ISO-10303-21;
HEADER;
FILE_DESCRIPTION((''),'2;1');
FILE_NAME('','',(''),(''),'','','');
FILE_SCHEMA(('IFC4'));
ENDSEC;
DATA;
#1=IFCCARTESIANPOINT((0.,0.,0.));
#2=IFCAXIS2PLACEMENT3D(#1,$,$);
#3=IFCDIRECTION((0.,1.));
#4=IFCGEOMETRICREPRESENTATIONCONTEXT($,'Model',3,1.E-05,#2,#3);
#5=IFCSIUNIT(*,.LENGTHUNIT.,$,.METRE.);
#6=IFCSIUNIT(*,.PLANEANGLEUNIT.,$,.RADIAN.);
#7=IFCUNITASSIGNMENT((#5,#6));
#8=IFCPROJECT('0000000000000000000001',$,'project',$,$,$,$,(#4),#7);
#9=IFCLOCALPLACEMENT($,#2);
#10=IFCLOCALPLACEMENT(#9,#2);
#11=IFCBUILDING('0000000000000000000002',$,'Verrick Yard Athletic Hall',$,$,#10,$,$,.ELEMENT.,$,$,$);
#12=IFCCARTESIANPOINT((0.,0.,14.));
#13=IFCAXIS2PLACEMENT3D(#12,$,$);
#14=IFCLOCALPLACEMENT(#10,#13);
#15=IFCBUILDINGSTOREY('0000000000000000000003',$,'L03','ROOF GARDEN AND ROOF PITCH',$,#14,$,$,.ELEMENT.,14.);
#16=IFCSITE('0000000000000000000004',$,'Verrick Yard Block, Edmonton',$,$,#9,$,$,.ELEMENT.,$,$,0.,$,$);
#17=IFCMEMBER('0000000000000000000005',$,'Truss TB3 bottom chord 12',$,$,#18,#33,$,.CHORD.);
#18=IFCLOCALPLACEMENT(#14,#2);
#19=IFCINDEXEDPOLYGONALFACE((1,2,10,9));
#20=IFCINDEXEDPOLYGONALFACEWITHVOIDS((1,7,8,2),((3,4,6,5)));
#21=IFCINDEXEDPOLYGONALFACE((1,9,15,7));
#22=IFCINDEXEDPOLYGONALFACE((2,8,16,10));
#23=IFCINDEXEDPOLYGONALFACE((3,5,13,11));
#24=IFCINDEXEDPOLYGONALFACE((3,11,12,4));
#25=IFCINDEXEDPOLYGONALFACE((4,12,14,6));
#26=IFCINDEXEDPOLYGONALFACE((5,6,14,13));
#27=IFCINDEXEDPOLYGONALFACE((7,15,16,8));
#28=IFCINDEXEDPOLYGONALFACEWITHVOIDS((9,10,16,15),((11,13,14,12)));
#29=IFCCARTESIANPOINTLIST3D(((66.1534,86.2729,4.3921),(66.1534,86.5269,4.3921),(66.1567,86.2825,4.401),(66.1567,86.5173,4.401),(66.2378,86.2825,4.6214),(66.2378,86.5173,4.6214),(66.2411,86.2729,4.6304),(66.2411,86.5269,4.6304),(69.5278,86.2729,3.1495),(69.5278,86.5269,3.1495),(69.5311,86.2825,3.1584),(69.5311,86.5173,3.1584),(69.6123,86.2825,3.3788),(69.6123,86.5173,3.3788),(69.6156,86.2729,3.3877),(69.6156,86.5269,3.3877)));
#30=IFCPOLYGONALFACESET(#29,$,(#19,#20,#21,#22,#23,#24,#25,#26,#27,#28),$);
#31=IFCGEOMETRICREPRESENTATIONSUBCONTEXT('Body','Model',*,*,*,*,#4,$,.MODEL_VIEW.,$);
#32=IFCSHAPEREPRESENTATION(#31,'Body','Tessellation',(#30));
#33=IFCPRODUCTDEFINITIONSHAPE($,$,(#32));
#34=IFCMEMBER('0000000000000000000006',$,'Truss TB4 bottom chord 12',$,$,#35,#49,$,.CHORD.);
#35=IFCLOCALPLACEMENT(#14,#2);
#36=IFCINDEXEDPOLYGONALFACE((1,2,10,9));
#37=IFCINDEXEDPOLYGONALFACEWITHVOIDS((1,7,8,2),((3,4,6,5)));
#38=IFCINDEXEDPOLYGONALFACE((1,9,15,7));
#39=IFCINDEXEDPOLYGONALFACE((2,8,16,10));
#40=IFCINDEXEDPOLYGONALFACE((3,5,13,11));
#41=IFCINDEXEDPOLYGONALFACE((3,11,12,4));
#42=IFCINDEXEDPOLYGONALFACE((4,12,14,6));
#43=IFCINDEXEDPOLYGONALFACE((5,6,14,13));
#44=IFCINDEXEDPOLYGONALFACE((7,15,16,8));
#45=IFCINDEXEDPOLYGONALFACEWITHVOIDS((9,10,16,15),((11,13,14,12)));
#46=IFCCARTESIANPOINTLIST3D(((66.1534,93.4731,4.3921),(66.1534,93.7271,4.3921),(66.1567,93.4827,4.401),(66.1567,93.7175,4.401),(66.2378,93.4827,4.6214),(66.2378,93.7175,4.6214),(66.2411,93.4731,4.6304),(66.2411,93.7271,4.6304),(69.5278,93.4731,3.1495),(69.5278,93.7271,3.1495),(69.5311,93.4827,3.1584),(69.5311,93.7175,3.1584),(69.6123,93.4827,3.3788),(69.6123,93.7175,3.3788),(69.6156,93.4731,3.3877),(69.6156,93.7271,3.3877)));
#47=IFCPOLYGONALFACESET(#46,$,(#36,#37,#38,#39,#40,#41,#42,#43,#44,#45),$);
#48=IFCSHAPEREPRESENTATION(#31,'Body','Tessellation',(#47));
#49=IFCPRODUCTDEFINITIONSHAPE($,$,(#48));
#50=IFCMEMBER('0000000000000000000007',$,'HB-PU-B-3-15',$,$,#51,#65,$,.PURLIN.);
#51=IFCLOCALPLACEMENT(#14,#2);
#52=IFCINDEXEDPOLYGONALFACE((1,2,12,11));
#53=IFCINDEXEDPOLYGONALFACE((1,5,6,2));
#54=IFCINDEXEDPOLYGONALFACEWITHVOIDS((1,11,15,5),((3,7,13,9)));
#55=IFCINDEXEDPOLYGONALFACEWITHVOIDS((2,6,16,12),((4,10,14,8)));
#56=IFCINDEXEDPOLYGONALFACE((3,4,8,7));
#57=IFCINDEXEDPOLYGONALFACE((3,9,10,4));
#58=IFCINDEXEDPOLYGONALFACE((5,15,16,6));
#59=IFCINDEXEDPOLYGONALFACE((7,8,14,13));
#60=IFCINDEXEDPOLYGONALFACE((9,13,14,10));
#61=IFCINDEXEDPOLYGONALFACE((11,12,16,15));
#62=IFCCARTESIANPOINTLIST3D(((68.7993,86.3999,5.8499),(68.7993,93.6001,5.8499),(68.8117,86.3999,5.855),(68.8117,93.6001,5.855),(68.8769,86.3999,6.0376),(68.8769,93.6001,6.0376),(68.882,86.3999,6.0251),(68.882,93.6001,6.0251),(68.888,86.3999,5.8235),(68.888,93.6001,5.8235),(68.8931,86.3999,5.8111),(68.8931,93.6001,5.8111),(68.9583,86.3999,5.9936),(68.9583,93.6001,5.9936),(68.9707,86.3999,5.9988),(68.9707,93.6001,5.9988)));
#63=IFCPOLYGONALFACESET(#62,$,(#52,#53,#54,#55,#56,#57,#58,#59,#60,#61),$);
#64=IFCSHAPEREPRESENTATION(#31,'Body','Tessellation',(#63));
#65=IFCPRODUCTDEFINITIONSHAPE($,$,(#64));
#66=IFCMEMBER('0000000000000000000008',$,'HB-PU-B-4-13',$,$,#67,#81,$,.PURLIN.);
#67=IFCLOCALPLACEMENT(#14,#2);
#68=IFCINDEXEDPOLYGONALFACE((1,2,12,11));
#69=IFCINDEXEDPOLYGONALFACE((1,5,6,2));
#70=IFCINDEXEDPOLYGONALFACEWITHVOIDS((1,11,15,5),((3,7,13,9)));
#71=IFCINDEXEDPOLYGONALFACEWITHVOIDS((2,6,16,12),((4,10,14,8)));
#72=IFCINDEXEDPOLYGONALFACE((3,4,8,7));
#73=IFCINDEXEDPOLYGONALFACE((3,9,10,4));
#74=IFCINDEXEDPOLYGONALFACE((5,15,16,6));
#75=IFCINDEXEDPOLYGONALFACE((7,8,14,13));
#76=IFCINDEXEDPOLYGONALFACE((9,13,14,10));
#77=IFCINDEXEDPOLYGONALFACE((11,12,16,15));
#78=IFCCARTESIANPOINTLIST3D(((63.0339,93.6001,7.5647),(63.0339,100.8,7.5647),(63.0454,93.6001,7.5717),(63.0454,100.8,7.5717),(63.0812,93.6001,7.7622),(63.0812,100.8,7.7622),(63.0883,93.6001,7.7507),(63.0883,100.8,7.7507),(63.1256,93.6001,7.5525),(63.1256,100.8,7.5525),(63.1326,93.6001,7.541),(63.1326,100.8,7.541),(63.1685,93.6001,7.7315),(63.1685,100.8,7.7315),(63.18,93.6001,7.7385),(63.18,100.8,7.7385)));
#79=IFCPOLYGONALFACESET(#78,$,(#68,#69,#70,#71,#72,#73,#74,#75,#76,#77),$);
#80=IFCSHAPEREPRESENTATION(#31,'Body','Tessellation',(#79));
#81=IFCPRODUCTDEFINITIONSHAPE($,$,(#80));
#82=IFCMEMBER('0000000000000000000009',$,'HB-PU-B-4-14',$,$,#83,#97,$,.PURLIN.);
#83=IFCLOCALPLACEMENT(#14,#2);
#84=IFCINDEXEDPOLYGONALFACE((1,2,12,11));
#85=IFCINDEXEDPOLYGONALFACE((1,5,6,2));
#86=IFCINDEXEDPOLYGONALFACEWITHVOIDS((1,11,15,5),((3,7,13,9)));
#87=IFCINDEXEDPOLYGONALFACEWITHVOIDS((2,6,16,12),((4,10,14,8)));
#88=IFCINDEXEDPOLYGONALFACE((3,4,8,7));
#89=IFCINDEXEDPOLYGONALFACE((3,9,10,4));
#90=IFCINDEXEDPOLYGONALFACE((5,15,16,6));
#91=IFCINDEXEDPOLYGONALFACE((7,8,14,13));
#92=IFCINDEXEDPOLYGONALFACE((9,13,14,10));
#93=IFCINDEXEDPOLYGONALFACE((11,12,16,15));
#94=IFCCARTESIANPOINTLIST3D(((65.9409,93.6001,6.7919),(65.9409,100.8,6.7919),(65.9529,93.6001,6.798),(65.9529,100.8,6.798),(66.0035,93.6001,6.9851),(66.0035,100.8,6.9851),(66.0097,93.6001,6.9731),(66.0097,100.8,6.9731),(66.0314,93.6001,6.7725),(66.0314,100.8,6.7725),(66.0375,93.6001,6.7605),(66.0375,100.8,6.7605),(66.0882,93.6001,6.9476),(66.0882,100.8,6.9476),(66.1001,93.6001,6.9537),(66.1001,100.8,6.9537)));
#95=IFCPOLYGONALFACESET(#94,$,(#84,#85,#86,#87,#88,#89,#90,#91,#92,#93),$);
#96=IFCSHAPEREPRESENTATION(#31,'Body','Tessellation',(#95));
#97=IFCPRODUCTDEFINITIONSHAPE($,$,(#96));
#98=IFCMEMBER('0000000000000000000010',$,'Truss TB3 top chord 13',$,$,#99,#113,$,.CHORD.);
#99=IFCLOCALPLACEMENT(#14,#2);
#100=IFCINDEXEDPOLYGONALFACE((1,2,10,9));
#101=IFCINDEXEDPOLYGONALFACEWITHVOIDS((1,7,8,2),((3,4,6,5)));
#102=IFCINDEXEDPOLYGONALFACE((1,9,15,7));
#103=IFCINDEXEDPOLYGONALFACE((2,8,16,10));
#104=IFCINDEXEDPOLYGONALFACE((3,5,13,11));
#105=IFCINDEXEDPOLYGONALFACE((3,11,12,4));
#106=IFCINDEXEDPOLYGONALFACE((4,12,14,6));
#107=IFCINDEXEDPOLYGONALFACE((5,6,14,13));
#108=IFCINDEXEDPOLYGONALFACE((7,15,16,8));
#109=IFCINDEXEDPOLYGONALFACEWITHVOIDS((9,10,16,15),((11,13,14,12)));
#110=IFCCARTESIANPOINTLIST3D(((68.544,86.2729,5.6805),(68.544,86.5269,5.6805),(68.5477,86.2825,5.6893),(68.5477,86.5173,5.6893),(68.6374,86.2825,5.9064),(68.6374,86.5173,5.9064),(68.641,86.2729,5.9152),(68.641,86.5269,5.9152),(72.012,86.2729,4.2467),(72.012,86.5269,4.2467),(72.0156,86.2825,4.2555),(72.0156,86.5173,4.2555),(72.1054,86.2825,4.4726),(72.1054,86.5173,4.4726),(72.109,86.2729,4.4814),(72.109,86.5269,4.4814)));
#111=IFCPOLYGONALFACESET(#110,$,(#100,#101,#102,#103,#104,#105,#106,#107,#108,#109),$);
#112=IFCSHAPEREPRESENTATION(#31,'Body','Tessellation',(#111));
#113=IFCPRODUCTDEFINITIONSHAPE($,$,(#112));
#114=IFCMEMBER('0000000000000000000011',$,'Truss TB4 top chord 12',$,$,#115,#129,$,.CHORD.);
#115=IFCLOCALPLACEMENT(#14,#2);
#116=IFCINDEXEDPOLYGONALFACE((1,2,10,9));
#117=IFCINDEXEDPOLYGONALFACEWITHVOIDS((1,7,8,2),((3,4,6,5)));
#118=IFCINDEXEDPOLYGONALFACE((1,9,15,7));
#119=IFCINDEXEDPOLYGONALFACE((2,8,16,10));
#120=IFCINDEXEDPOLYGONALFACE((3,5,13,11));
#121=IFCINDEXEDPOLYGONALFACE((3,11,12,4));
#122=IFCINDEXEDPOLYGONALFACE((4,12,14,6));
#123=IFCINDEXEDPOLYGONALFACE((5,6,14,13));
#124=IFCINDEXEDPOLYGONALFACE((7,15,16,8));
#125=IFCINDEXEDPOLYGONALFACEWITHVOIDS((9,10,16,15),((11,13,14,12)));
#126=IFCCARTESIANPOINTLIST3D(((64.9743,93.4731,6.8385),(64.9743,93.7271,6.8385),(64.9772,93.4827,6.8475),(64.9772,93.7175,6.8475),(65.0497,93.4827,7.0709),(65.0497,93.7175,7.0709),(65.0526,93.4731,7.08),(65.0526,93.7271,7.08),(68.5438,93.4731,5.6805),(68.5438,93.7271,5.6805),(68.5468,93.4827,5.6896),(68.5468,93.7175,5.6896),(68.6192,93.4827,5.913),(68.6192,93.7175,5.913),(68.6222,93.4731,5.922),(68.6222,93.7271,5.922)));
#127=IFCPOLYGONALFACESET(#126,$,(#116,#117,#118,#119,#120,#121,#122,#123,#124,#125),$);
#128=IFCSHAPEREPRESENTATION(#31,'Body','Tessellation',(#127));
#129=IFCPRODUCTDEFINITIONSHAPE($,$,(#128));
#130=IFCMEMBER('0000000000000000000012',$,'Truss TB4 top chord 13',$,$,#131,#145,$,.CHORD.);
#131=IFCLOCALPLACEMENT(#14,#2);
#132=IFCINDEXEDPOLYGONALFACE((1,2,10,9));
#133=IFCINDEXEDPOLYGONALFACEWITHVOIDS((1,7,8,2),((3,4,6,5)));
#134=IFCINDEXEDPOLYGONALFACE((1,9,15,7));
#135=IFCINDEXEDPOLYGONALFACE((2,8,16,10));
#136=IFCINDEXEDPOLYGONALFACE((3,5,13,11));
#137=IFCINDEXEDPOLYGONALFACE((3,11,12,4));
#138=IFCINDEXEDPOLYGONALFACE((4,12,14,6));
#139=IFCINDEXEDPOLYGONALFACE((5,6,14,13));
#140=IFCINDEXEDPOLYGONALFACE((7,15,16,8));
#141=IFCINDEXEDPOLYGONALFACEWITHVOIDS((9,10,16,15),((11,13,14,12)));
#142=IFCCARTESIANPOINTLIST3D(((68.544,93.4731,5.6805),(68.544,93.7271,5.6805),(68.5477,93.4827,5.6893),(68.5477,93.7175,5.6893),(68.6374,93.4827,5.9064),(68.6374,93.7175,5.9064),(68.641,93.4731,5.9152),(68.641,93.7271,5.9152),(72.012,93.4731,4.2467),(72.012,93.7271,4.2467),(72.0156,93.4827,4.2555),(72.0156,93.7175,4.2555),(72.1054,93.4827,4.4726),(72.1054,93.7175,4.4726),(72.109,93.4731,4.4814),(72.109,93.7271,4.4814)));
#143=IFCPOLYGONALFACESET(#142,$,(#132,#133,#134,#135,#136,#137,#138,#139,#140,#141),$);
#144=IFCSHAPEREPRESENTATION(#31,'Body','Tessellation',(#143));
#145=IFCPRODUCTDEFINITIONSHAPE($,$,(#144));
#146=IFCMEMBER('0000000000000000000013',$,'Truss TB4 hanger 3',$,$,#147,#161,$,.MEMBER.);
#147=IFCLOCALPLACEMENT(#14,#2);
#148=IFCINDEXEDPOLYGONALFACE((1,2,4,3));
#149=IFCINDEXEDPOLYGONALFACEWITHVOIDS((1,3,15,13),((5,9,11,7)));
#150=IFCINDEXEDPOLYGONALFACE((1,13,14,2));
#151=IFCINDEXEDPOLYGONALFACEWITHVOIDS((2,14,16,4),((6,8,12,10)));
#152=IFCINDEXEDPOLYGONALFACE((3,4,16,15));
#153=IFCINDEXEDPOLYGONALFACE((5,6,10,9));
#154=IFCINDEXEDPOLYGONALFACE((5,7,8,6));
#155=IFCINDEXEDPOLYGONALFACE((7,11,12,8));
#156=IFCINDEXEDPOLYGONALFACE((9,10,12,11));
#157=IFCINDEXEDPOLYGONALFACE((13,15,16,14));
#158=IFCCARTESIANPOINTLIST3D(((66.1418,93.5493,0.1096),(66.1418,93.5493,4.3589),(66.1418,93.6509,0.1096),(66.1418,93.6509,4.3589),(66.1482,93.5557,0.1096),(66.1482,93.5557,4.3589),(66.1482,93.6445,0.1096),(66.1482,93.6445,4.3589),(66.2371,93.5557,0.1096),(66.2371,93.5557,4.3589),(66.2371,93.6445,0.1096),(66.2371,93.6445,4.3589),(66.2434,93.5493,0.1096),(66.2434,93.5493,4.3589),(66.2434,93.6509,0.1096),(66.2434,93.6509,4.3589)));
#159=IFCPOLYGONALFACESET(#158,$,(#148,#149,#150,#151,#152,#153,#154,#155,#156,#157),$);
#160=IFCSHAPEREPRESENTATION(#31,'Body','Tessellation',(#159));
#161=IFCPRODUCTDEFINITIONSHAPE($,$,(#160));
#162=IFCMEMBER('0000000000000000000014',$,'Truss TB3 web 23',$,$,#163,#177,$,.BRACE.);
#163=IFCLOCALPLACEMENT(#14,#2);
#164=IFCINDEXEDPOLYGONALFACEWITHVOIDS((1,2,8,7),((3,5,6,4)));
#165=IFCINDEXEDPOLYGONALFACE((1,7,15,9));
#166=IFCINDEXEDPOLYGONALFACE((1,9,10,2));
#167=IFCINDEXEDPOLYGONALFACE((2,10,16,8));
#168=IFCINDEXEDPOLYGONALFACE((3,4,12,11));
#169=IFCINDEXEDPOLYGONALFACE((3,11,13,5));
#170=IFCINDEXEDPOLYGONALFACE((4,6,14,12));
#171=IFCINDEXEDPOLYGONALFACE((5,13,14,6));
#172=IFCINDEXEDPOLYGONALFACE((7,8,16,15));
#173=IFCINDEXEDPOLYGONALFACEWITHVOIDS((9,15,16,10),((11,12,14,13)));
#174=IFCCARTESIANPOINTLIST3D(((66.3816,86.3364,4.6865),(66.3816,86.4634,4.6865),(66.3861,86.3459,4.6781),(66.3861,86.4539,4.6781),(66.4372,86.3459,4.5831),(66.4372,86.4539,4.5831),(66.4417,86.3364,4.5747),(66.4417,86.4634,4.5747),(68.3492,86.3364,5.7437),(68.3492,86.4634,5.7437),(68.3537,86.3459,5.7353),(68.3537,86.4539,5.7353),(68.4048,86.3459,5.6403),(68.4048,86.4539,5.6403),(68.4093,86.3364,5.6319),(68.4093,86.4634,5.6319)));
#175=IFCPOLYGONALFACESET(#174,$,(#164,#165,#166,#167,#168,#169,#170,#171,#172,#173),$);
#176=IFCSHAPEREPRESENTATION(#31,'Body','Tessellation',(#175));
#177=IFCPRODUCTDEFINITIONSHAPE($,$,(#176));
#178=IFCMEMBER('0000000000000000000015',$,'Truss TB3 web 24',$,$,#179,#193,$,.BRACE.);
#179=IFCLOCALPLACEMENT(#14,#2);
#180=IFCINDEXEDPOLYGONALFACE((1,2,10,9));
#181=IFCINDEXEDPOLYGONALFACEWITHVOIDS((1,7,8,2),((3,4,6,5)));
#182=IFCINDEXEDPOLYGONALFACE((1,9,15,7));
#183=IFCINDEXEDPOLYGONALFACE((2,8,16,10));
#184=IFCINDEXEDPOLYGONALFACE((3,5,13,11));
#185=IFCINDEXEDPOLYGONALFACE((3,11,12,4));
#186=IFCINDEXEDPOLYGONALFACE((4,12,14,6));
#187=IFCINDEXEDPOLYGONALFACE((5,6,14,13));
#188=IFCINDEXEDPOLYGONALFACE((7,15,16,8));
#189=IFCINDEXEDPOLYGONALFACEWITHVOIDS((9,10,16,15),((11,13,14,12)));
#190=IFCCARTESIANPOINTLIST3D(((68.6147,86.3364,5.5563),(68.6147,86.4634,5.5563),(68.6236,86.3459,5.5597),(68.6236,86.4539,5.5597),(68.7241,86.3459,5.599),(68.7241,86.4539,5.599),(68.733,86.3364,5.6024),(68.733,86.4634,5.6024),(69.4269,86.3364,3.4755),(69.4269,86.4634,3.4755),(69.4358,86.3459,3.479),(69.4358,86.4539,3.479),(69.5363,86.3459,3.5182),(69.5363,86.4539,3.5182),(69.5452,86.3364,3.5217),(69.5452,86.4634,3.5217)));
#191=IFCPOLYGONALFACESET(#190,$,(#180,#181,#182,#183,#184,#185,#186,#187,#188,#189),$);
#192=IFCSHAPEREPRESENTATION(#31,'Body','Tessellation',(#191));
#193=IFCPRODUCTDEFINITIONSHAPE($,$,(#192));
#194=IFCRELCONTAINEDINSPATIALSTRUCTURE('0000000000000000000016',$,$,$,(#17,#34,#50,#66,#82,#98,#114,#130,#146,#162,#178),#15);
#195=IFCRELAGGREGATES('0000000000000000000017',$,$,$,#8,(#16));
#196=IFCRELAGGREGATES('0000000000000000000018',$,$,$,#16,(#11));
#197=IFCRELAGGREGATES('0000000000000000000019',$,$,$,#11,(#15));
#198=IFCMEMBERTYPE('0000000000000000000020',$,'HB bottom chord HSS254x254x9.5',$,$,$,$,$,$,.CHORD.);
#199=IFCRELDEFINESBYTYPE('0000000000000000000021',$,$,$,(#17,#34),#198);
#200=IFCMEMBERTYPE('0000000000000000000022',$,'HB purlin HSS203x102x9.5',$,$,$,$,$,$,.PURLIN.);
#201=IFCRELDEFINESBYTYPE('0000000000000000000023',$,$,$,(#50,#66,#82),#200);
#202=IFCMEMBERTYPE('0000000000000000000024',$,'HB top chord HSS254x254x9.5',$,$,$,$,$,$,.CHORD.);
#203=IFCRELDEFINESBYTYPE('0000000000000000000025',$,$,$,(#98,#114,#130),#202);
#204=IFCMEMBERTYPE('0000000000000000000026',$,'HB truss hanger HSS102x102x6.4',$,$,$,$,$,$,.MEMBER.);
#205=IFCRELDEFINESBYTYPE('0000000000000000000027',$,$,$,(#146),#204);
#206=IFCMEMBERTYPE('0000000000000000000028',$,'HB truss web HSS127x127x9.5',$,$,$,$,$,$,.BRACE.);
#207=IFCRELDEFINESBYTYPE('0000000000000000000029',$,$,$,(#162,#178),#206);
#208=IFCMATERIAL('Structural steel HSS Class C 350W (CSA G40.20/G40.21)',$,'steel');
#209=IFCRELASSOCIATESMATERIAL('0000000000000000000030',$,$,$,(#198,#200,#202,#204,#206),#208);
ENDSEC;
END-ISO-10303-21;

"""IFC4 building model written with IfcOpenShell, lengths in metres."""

from ifc_helpers import new_model, si_unit, direction, frame, origin, origin_2d, place, context, subcontext, project, spatial, hollow_rectangle, extrude, material, material_profile, profile_set, type_object, element, save


model = new_model("IFC4")

# Units and contexts
model_context = context("Model", 3, precision=1e-05, world=origin(), true_north=direction((0.0, 1.0)))
body_context = subcontext(model_context, "Body", "Model", "MODEL_VIEW")
ifc_project = project(units=[si_unit("LENGTHUNIT", "METRE"), si_unit("PLANEANGLEUNIT", "RADIAN")], contexts=[model_context])

# Site, building, storey
site_placement = place(None, origin())
site = spatial("IfcSite", under=ifc_project, at=site_placement, Name="Verrick Yard Block, Edmonton", CompositionType="ELEMENT", RefElevation=0.0)
building_placement = place(site_placement, origin())
building = spatial("IfcBuilding", under=site, at=building_placement, Name="Verrick Yard Athletic Hall", CompositionType="ELEMENT")
storey_placement = place(building_placement, frame((0.0, 0.0, 14.0)))
storey = spatial("IfcBuildingStorey", under=building, at=storey_placement, Name="L03", Description="ROOF GARDEN AND ROOF PITCH", CompositionType="ELEMENT", Elevation=14.0)

# Members
ifc_material_1 = material(Name="Structural steel HSS Class C 350W (CSA G40.20/G40.21)", Category="steel")
ifc_material_profile_1 = material_profile(ifc_material_1, hollow_rectangle(XDim=0.2539, YDim=0.2539, WallThickness=0.0095, at=origin_2d()), Name="HSS254x254x9.5")
ifc_profile_set_1 = profile_set([ifc_material_profile_1], Name="Structural steel HSS Class C 350W (CSA G40.20/G40.21)")
member_type_1 = type_object("IfcMemberType", Name="HB bottom chord HSS254x254x9.5", PredefinedType="CHORD", material=ifc_profile_set_1)
for number, where, z_axis, x_axis, name in (
    (1, (66.1973, 86.3999, 4.5112), (0.938394, 0.0, -0.345567), (0.0, 1.0, 0.0), "Truss TB3 bottom chord 12"),
    (2, (66.1973, 93.6001, 4.5112), (0.938394, 0.0, -0.345567), (0.0, 1.0, 0.0), "Truss TB4 bottom chord 12"),
):
    element("IfcMember", number, at=place(storey_placement, frame(where, z_axis=z_axis, x_axis=x_axis)), inside=storey, type_object=member_type_1, Name=name, PredefinedType="CHORD", context=body_context, shape_type="SweptSolid", body=[
        extrude(hollow_rectangle(XDim=0.2539, YDim=0.2539, WallThickness=0.0095, at=origin_2d()), origin(), (0.0, 0.0, 1.0), 3.5959),
    ])
ifc_material_profile_2 = material_profile(ifc_material_1, hollow_rectangle(XDim=0.1016, YDim=0.2031, WallThickness=0.0095, at=origin_2d()), Name="HSS203x102x9.5")
ifc_profile_set_2 = profile_set([ifc_material_profile_2], Name="Structural steel HSS Class C 350W (CSA G40.20/G40.21)")
member_type_2 = type_object("IfcMemberType", Name="HB purlin HSS203x102x9.5", PredefinedType="PURLIN", material=ifc_profile_set_2)
member_1_placement = place(storey_placement, frame((68.885, 86.3999, 5.9243), z_axis=(0.0, 1.0, 0.0), x_axis=(-0.924123, 0.0, 0.382096)))
element("IfcMember", 3, at=member_1_placement, inside=storey, type_object=member_type_2, Name="HB-PU-B-3-15", PredefinedType="PURLIN", context=body_context, shape_type="SweptSolid", body=[
    extrude(hollow_rectangle(XDim=0.1016, YDim=0.2031, WallThickness=0.0095, at=origin_2d()), origin(), (0.0, 0.0, 1.0), 7.2002),
])
for number, where, z_axis, x_axis, name in (
    (4, (63.1069, 93.6001, 7.6516), (0.0, 1.0, 0.0), (-0.972459, 0.0, 0.233074), "HB-PU-B-4-13"),
    (5, (66.0205, 93.6001, 6.8728), (0.0, 1.0, 0.0), (-0.951214, 0.0, 0.308533), "HB-PU-B-4-14"),
):
    element("IfcMember", number, at=place(storey_placement, frame(where, z_axis=z_axis, x_axis=x_axis)), inside=storey, type_object=member_type_2, Name=name, PredefinedType="PURLIN", context=body_context, shape_type="SweptSolid", body=[
        extrude(hollow_rectangle(XDim=0.1016, YDim=0.2031, WallThickness=0.0095, at=origin_2d()), origin(), (0.0, 0.0, 1.0), 7.2),
    ])
ifc_material_profile_3 = material_profile(ifc_material_1, hollow_rectangle(XDim=0.2539, YDim=0.2539, WallThickness=0.0095, at=origin_2d()), Name="HSS254x254x9.5")
ifc_profile_set_3 = profile_set([ifc_material_profile_3], Name="Structural steel HSS Class C 350W (CSA G40.20/G40.21)")
member_type_3 = type_object("IfcMemberType", Name="HB top chord HSS254x254x9.5", PredefinedType="CHORD", material=ifc_profile_set_3)
for number, where, z_axis, x_axis, name in (
    (6, (68.5925, 86.3999, 5.7979), (0.92413, 0.0, -0.382078), (0.0, 1.0, 0.0), "Truss TB3 top chord 13"),
    (7, (65.0134, 93.6001, 6.9592), (0.951203, 0.0, -0.308567), (0.0, 1.0, 0.0), "Truss TB4 top chord 12"),
    (8, (68.5925, 93.6001, 5.7979), (0.92413, 0.0, -0.382078), (0.0, 1.0, 0.0), "Truss TB4 top chord 13"),
):
    element("IfcMember", number, at=place(storey_placement, frame(where, z_axis=z_axis, x_axis=x_axis)), inside=storey, type_object=member_type_3, Name=name, PredefinedType="CHORD", context=body_context, shape_type="SweptSolid", body=[
        extrude(hollow_rectangle(XDim=0.2539, YDim=0.2539, WallThickness=0.0095, at=origin_2d()), origin(), (0.0, 0.0, 1.0), 3.7527),
    ])
ifc_material_profile_4 = material_profile(ifc_material_1, hollow_rectangle(XDim=0.1016, YDim=0.1016, WallThickness=0.0063, at=origin_2d()), Name="HSS102x102x6.4")
ifc_profile_set_4 = profile_set([ifc_material_profile_4], Name="Structural steel HSS Class C 350W (CSA G40.20/G40.21)")
member_type_4 = type_object("IfcMemberType", Name="HB truss hanger HSS102x102x6.4", PredefinedType="MEMBER", material=ifc_profile_set_4)
member_2_placement = place(storey_placement, frame((66.1926, 93.6001, 4.3589), z_axis=(0.0, 0.0, -1.0), x_axis=(0.0, -1.0, 0.0)))
element("IfcMember", 9, at=member_2_placement, inside=storey, type_object=member_type_4, Name="Truss TB4 hanger 3", PredefinedType="MEMBER", context=body_context, shape_type="SweptSolid", body=[
    extrude(hollow_rectangle(XDim=0.1016, YDim=0.1016, WallThickness=0.0063, at=origin_2d()), origin(), (0.0, 0.0, 1.0), 4.2493),
])
ifc_material_profile_5 = material_profile(ifc_material_1, hollow_rectangle(XDim=0.127, YDim=0.127, WallThickness=0.0095, at=origin_2d()), Name="HSS127x127x9.5")
ifc_profile_set_5 = profile_set([ifc_material_profile_5], Name="Structural steel HSS Class C 350W (CSA G40.20/G40.21)")
member_type_5 = type_object("IfcMemberType", Name="HB truss web HSS127x127x9.5", PredefinedType="BRACE", material=ifc_profile_set_5)
for number, where, z_axis, x_axis, name in (
    (10, (66.4116, 86.3999, 4.6306), (0.880902, 0.0, 0.473298), (0.0, 1.0, 0.0), "Truss TB3 web 23"),
    (11, (68.6738, 86.3999, 5.5793), (0.363633, 0.0, -0.931542), (0.0, 1.0, 0.0), "Truss TB3 web 24"),
):
    element("IfcMember", number, at=place(storey_placement, frame(where, z_axis=z_axis, x_axis=x_axis)), inside=storey, type_object=member_type_5, Name=name, PredefinedType="BRACE", context=body_context, shape_type="SweptSolid", body=[
        extrude(hollow_rectangle(XDim=0.127, YDim=0.127, WallThickness=0.0095, at=origin_2d()), origin(), (0.0, 0.0, 1.0), 2.2336),
    ])

save(model, "model.ifc")
